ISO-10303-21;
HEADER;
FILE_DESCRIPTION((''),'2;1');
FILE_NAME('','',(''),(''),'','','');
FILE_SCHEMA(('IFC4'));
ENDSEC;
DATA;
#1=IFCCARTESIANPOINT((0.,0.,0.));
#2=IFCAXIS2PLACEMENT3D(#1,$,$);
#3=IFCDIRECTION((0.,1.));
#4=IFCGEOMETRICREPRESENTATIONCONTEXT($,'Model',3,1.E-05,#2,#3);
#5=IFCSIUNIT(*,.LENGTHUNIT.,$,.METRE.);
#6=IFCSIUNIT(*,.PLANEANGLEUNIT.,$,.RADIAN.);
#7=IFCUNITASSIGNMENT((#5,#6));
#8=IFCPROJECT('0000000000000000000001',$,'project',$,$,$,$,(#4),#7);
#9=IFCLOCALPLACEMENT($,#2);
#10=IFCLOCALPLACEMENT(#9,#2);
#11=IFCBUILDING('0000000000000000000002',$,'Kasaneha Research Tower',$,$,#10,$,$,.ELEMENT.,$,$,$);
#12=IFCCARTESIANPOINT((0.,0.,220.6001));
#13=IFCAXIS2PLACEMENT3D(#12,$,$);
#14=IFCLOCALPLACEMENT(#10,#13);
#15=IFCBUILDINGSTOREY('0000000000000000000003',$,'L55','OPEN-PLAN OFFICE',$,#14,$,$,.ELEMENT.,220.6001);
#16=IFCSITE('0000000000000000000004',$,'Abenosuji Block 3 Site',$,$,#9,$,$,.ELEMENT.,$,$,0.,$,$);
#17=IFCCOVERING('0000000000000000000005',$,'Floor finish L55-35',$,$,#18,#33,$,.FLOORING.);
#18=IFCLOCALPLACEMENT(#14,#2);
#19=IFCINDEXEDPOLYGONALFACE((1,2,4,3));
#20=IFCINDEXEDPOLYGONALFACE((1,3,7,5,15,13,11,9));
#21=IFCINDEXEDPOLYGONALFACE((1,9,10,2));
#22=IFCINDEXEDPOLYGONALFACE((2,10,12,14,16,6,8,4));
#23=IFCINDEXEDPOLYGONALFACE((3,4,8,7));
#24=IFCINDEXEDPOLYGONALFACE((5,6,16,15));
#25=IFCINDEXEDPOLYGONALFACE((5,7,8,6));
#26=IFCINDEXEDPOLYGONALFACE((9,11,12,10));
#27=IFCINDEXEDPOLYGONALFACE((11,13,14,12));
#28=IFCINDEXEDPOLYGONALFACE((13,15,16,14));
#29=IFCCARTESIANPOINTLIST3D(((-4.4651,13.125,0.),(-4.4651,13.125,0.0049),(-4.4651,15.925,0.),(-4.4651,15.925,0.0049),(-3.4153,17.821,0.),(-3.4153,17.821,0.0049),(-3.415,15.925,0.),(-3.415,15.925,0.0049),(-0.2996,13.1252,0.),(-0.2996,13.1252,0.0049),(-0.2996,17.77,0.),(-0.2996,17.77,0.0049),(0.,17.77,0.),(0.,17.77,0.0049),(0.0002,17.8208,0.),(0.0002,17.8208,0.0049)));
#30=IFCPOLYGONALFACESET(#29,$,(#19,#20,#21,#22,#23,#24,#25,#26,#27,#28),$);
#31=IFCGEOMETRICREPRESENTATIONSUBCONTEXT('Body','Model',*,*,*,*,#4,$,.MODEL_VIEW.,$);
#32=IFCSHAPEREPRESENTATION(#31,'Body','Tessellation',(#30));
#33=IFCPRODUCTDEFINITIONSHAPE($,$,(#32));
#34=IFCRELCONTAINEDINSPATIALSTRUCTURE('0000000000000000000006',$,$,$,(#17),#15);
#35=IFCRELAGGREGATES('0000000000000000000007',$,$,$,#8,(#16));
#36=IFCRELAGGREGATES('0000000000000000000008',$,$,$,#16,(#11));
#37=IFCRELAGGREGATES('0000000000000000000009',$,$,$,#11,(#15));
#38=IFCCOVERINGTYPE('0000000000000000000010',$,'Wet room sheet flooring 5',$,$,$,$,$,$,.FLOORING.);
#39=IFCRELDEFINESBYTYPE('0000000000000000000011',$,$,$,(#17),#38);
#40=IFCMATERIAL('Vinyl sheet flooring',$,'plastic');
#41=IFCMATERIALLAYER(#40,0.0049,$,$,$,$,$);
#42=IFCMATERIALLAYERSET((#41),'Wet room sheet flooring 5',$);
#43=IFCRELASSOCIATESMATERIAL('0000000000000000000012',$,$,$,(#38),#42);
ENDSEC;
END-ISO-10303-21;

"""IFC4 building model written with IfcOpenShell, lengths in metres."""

from ifc_helpers import new_model, si_unit, direction, frame, origin, place, context, subcontext, project, spatial, polyline, outline, extrude, material, layer, layer_set, type_object, element, save


model = new_model("IFC4")

# Units and contexts
model_context = context("Model", 3, precision=1e-05, world=origin(), true_north=direction((0.0, 1.0)))
body_context = subcontext(model_context, "Body", "Model", "MODEL_VIEW")
ifc_project = project(units=[si_unit("LENGTHUNIT", "METRE"), si_unit("PLANEANGLEUNIT", "RADIAN")], contexts=[model_context])

# Site, building, storey
site_placement = place(None, origin())
site = spatial("IfcSite", under=ifc_project, at=site_placement, Name="Abenosuji Block 3 Site", CompositionType="ELEMENT", RefElevation=0.0)
building_placement = place(site_placement, origin())
building = spatial("IfcBuilding", under=site, at=building_placement, Name="Kasaneha Research Tower", CompositionType="ELEMENT")
storey_placement = place(building_placement, frame((0.0, 0.0, 220.6001)))
storey = spatial("IfcBuildingStorey", under=building, at=storey_placement, Name="L55", Description="OPEN-PLAN OFFICE", CompositionType="ELEMENT", Elevation=220.6001)

# Covering
ifc_material_1 = material(Name="Vinyl sheet flooring", Category="plastic")
ifc_layer_1 = layer(ifc_material_1, 0.0049)
ifc_layer_set_1 = layer_set([ifc_layer_1], Name="Wet room sheet flooring 5")
covering_type_1 = type_object("IfcCoveringType", Name="Wet room sheet flooring 5", PredefinedType="FLOORING", material=ifc_layer_set_1)
covering_1_placement = place(storey_placement, origin())
element("IfcCovering", 1, at=covering_1_placement, inside=storey, type_object=covering_type_1, Name="Floor finish L55-35", PredefinedType="FLOORING", context=body_context, shape_type="SweptSolid", body=[
    extrude(outline(polyline([(-3.415, 15.925), (-3.4153, 17.821), (0.0002, 17.8208), (0.0, 17.77), (-0.2996, 17.77), (-0.2996, 13.1252), (-4.4651, 13.125), (-4.4651, 15.925), (-3.415, 15.925)])), origin(), (0.0, 0.0, 1.0), 0.0049),
])

save(model, "model.ifc")
